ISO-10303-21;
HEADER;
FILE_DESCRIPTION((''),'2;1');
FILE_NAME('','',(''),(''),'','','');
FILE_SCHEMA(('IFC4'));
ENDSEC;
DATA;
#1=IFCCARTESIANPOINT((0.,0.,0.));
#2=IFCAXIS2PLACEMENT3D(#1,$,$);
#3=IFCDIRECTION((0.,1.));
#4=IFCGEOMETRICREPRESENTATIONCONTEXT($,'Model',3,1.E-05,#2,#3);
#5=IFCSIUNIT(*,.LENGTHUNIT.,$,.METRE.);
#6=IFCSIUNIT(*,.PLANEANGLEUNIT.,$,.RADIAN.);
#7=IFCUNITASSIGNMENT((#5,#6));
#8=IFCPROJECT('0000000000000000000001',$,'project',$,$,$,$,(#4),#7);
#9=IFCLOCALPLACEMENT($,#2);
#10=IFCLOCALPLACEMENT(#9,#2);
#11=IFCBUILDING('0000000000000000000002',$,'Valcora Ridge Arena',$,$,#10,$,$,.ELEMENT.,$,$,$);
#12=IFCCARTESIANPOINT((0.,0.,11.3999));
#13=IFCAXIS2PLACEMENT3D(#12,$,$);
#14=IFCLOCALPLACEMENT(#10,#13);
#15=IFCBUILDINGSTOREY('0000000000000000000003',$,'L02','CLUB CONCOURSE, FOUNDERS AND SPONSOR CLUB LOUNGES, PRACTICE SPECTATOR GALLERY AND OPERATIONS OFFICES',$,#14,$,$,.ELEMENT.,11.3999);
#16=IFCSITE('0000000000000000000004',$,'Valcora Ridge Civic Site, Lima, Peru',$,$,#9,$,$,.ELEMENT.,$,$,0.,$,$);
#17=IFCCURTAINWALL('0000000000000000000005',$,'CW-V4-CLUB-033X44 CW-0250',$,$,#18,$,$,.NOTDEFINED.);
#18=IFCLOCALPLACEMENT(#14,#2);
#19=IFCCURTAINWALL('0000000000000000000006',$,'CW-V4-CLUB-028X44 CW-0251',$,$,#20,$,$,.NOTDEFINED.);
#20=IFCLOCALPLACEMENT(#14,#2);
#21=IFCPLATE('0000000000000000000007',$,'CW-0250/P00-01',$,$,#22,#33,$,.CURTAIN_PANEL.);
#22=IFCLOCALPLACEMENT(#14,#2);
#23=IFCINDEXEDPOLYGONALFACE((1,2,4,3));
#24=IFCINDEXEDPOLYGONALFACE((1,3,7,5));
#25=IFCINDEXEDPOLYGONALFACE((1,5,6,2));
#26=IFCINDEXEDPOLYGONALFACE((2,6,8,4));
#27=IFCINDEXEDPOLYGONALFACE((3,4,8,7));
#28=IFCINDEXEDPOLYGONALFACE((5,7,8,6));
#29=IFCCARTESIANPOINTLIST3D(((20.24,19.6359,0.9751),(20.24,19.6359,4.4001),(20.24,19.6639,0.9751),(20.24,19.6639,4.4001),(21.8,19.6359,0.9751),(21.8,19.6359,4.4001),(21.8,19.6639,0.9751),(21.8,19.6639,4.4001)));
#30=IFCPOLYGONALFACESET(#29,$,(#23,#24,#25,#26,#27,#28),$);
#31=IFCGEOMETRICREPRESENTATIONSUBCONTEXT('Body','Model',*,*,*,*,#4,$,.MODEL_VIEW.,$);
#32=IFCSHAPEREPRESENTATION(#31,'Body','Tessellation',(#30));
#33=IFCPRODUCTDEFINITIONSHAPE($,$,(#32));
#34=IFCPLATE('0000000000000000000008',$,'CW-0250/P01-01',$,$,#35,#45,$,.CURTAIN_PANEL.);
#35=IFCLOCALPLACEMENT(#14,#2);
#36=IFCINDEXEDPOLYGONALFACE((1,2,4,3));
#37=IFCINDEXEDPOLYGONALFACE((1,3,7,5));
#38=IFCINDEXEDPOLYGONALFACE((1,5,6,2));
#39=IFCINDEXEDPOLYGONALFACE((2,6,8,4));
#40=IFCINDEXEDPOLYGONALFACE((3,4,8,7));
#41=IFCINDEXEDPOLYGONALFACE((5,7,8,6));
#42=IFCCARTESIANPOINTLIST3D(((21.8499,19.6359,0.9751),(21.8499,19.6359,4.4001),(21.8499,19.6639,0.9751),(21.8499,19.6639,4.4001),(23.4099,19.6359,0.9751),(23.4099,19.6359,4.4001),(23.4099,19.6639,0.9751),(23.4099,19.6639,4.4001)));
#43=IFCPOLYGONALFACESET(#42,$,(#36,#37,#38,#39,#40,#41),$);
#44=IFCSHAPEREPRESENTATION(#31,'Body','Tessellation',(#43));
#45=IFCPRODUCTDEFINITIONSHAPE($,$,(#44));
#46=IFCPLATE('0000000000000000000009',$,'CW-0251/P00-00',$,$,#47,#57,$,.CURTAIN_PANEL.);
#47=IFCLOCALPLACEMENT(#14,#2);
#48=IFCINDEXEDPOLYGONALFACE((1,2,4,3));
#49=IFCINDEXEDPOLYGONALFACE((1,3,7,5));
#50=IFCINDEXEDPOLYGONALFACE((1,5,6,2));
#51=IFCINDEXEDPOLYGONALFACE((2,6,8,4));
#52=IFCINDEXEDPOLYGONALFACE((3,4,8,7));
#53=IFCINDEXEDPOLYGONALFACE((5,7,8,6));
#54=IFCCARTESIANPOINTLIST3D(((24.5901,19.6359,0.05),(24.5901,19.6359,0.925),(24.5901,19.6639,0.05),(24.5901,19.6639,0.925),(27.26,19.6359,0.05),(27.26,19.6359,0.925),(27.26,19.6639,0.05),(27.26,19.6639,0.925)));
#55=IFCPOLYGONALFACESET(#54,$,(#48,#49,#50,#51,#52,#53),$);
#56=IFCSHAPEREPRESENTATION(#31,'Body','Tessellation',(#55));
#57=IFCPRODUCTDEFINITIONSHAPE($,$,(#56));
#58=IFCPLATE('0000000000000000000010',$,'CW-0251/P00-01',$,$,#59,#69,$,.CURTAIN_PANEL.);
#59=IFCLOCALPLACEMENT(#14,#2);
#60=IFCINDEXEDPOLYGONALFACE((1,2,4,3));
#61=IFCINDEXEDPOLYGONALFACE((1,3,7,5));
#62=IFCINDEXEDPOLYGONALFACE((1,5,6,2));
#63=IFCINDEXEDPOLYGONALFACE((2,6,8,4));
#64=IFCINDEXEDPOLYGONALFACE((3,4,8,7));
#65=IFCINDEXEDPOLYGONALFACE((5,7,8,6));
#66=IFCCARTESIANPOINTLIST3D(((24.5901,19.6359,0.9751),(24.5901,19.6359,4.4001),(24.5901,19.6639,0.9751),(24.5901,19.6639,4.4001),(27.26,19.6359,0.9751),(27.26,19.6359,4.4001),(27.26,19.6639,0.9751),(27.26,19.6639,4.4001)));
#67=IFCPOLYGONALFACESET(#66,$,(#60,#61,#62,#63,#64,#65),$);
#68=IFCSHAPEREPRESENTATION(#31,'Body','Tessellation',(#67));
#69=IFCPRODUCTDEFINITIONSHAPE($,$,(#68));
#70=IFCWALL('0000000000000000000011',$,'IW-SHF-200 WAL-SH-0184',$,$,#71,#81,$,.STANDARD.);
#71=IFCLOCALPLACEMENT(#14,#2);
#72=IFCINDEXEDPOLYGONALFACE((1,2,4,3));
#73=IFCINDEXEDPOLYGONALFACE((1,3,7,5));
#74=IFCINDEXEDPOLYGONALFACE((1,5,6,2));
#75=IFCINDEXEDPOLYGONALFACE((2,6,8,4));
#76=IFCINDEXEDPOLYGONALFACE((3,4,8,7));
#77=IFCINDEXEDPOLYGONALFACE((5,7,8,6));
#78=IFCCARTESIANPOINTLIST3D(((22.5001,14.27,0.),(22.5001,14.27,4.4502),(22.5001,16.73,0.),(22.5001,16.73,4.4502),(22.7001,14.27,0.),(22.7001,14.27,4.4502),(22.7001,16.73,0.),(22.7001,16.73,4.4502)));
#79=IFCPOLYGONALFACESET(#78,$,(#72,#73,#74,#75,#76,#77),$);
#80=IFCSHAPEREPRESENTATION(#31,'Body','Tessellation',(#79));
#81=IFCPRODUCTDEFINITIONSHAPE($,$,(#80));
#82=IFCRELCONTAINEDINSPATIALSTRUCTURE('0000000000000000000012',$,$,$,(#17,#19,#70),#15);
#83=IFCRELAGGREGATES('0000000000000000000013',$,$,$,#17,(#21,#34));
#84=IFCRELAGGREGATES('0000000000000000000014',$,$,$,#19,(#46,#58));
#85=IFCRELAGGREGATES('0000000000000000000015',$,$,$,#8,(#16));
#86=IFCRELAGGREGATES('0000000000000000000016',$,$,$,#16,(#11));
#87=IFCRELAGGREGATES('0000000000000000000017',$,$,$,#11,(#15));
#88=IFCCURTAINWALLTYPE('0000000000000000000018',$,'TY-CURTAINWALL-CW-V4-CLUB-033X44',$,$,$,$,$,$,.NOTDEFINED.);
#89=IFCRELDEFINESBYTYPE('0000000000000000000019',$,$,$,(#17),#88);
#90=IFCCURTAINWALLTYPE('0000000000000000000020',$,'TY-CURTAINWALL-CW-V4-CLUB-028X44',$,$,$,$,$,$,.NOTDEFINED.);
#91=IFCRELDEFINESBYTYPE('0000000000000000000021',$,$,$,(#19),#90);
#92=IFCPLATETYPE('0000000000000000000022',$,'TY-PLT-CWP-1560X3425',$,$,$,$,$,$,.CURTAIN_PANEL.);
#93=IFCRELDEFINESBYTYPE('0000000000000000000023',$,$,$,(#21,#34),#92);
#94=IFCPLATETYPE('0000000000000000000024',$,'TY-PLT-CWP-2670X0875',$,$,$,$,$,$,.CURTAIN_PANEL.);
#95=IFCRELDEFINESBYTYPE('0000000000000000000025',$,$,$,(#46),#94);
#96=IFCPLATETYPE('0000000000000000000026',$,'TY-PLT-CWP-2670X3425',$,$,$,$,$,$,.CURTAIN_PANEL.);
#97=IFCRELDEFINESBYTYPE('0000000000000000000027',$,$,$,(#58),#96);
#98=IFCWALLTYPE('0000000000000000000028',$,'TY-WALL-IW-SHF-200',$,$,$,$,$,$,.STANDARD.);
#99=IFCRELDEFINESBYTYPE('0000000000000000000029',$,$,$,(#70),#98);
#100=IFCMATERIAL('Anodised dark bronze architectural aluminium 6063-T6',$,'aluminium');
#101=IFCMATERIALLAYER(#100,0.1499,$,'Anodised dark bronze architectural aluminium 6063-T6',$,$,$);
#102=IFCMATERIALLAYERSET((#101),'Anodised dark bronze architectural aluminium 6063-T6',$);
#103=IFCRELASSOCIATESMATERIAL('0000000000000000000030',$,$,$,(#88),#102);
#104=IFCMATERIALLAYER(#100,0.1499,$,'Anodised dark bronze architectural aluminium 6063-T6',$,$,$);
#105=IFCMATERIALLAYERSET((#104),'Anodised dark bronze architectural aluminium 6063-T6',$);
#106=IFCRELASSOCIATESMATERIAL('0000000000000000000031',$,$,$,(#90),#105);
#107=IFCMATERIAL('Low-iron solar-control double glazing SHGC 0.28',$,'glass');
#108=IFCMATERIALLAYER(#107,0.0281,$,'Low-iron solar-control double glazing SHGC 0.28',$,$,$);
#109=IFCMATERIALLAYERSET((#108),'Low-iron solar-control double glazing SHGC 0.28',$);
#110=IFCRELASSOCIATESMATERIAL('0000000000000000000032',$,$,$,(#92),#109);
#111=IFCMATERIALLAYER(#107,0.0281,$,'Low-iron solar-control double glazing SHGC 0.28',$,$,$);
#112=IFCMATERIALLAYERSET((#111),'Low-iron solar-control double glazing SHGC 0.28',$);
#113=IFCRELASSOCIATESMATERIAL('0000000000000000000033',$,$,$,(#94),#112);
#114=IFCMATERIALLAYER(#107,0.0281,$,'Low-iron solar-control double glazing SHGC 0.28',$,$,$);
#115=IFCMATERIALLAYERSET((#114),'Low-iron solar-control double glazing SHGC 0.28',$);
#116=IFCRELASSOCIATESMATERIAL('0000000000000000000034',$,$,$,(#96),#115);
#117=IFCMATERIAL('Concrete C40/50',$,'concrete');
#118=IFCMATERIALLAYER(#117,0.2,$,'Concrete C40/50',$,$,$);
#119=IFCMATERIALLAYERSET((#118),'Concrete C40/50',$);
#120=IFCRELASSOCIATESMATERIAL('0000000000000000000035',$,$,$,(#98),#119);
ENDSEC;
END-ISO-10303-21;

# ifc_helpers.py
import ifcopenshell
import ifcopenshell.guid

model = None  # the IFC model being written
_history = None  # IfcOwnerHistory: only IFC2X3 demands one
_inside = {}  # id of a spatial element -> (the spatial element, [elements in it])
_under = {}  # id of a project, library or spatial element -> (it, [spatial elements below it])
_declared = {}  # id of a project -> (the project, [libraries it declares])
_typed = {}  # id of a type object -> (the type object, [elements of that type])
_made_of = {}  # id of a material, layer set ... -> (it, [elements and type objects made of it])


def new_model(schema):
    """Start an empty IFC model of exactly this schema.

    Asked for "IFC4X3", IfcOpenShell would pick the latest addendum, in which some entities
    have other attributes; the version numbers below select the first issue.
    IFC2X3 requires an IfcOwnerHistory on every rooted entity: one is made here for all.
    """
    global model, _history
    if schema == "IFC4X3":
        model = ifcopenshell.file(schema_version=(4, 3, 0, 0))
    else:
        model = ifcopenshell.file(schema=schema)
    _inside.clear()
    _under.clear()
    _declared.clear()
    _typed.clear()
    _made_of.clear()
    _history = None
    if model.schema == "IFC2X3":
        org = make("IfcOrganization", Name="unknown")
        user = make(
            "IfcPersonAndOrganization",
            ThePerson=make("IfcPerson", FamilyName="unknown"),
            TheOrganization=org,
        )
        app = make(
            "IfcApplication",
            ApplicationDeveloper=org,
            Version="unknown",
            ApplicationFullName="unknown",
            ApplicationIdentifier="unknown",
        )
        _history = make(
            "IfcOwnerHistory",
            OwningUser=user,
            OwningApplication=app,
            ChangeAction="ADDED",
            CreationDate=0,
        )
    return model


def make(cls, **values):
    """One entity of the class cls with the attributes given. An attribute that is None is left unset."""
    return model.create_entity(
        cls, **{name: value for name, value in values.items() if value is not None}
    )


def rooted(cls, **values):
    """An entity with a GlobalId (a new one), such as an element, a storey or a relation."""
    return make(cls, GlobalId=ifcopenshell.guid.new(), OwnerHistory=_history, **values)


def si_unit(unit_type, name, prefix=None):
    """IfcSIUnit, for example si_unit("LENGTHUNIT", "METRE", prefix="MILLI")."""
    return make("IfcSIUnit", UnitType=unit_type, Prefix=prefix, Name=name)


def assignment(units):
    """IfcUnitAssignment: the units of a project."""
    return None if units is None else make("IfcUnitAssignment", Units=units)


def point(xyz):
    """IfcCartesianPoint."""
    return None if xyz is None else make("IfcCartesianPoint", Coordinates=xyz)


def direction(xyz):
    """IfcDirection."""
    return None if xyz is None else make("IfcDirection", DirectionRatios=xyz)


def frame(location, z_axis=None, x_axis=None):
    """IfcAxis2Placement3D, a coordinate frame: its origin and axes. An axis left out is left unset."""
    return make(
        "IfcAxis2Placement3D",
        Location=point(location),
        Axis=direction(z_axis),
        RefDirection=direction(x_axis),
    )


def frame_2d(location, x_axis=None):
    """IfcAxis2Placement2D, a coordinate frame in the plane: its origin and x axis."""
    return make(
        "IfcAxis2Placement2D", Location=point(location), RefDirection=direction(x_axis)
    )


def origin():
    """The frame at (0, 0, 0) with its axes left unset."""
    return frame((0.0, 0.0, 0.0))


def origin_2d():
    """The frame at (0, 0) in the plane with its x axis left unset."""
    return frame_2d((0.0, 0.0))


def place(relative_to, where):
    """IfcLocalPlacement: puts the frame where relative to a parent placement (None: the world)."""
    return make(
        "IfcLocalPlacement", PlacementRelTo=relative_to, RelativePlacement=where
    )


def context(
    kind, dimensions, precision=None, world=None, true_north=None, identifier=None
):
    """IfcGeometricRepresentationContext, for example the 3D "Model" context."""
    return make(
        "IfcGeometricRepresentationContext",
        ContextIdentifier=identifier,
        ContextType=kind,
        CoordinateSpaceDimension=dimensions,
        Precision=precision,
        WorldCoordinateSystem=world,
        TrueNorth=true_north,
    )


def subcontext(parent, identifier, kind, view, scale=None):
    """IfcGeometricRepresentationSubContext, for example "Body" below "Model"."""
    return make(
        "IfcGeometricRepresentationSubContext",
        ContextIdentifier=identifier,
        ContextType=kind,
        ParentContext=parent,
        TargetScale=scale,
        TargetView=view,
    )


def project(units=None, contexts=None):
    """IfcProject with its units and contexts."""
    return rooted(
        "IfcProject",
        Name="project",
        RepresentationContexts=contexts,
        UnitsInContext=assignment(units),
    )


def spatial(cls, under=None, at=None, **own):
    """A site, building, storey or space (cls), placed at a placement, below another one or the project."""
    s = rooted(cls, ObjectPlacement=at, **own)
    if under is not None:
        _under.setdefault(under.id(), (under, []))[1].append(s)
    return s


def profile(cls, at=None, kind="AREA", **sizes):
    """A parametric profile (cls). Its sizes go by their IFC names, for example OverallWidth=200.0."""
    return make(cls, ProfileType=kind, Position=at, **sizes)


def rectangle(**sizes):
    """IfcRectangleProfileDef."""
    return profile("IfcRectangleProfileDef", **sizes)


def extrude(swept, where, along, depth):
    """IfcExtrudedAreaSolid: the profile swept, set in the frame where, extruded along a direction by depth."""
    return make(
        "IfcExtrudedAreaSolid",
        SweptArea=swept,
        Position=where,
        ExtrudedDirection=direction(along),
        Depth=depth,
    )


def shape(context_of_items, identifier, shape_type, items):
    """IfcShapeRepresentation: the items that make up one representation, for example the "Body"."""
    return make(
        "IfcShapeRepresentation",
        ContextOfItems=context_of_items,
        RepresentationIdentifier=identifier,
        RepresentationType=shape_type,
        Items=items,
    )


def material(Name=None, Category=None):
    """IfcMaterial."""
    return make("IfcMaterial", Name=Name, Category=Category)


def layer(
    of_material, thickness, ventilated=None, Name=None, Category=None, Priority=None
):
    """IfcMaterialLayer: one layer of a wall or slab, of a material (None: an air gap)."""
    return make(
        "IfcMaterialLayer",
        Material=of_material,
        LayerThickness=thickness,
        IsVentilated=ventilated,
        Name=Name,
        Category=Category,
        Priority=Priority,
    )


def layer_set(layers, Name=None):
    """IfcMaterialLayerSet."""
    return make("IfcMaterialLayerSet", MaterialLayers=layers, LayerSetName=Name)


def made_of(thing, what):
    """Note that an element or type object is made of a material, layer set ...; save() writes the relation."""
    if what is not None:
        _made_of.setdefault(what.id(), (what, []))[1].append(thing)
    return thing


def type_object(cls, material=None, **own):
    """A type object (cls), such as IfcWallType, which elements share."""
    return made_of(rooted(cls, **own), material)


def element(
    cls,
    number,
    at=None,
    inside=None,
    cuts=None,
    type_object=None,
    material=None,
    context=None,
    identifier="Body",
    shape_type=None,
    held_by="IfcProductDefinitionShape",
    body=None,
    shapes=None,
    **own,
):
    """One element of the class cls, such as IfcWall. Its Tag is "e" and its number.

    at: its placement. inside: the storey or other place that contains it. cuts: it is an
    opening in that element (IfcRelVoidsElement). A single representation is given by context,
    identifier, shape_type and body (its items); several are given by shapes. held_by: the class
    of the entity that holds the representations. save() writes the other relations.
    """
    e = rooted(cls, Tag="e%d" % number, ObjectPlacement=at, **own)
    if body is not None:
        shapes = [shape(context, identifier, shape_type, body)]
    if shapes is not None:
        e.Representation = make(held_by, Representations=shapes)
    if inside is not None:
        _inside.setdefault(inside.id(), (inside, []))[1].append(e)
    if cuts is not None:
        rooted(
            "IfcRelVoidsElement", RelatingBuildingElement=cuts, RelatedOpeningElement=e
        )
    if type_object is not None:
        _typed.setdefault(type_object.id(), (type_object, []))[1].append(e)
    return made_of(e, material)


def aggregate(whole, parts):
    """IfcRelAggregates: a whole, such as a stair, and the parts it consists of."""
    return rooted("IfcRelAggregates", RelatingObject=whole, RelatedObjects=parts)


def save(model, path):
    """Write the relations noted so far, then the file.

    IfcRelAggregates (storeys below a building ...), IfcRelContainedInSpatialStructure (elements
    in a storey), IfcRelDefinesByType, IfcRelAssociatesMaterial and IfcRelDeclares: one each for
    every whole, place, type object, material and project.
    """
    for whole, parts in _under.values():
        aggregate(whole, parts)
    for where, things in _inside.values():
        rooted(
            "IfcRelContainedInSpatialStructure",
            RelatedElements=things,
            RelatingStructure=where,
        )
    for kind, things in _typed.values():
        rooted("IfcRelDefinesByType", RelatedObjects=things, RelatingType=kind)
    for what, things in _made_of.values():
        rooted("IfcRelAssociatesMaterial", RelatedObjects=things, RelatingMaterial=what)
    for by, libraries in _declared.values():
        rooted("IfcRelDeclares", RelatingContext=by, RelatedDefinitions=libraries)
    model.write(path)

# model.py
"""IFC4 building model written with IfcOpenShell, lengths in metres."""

from ifc_helpers import new_model, si_unit, direction, frame, frame_2d, origin, origin_2d, place, context, subcontext, project, spatial, rectangle, extrude, material, layer, layer_set, type_object, element, aggregate, save


model = new_model("IFC4")

# Units and contexts
model_context = context("Model", 3, precision=1e-05, world=origin(), true_north=direction((0.0, 1.0)))
body_context = subcontext(model_context, "Body", "Model", "MODEL_VIEW")
ifc_project = project(units=[si_unit("LENGTHUNIT", "METRE"), si_unit("PLANEANGLEUNIT", "RADIAN")], contexts=[model_context])

# Site, building, storey
site_placement = place(None, origin())
site = spatial("IfcSite", under=ifc_project, at=site_placement, Name="Valcora Ridge Civic Site, Lima, Peru", CompositionType="ELEMENT", RefElevation=0.0)
building_placement = place(site_placement, origin())
building = spatial("IfcBuilding", under=site, at=building_placement, Name="Valcora Ridge Arena", CompositionType="ELEMENT")
storey_placement = place(building_placement, frame((0.0, 0.0, 11.3999)))
storey = spatial("IfcBuildingStorey", under=building, at=storey_placement, Name="L02", Description="CLUB CONCOURSE, FOUNDERS AND SPONSOR CLUB LOUNGES, PRACTICE SPECTATOR GALLERY AND OPERATIONS OFFICES", CompositionType="ELEMENT", Elevation=11.3999)

# Shared definitions
ifc_material_1 = material(Name="Concrete C40/50", Category="concrete")

# Curtain walls
ifc_material_2 = material(Name="Anodised dark bronze architectural aluminium 6063-T6", Category="aluminium")
ifc_layer_1 = layer(ifc_material_2, 0.1499, Name="Anodised dark bronze architectural aluminium 6063-T6")
ifc_layer_set_1 = layer_set([ifc_layer_1], Name="Anodised dark bronze architectural aluminium 6063-T6")
curtain_wall_type_1 = type_object("IfcCurtainWallType", Name="TY-CURTAINWALL-CW-V4-CLUB-033X44", PredefinedType="NOTDEFINED", material=ifc_layer_set_1)
curtain_wall_1_placement = place(storey_placement, origin())
curtain_wall_1 = element("IfcCurtainWall", 1, at=curtain_wall_1_placement, inside=storey, type_object=curtain_wall_type_1, Name="CW-V4-CLUB-033X44 CW-0250", PredefinedType="NOTDEFINED")
ifc_layer_2 = layer(ifc_material_2, 0.1499, Name="Anodised dark bronze architectural aluminium 6063-T6")
ifc_layer_set_2 = layer_set([ifc_layer_2], Name="Anodised dark bronze architectural aluminium 6063-T6")
curtain_wall_type_2 = type_object("IfcCurtainWallType", Name="TY-CURTAINWALL-CW-V4-CLUB-028X44", PredefinedType="NOTDEFINED", material=ifc_layer_set_2)
curtain_wall_2_placement = place(storey_placement, origin())
curtain_wall_2 = element("IfcCurtainWall", 2, at=curtain_wall_2_placement, inside=storey, type_object=curtain_wall_type_2, Name="CW-V4-CLUB-028X44 CW-0251", PredefinedType="NOTDEFINED")

# Plates
ifc_material_3 = material(Name="Low-iron solar-control double glazing SHGC 0.28", Category="glass")
ifc_layer_3 = layer(ifc_material_3, 0.0281, Name="Low-iron solar-control double glazing SHGC 0.28")
ifc_layer_set_3 = layer_set([ifc_layer_3], Name="Low-iron solar-control double glazing SHGC 0.28")
plate_type_1 = type_object("IfcPlateType", Name="TY-PLT-CWP-1560X3425", PredefinedType="CURTAIN_PANEL", material=ifc_layer_set_3)
plate_1_placement = place(storey_placement, frame((21.02, 19.6499, 0.9751), z_axis=(0.0, 0.0, 1.0), x_axis=(1.0, 0.0, 0.0)))
plate_1 = element("IfcPlate", 3, at=plate_1_placement, type_object=plate_type_1, Name="CW-0250/P00-01", PredefinedType="CURTAIN_PANEL", context=body_context, shape_type="SweptSolid", body=[
    extrude(rectangle(XDim=1.5601, YDim=0.0281, at=origin_2d()), origin(), (0.0, 0.0, 1.0), 3.425),
])
plate_2_placement = place(storey_placement, frame((22.6299, 19.6499, 0.9751), z_axis=(0.0, 0.0, 1.0), x_axis=(1.0, 0.0, 0.0)))
plate_2 = element("IfcPlate", 4, at=plate_2_placement, type_object=plate_type_1, Name="CW-0250/P01-01", PredefinedType="CURTAIN_PANEL", context=body_context, shape_type="SweptSolid", body=[
    extrude(rectangle(XDim=1.5601, YDim=0.0281, at=origin_2d()), origin(), (0.0, 0.0, 1.0), 3.425),
])
aggregate(curtain_wall_1, [plate_1, plate_2])
ifc_layer_4 = layer(ifc_material_3, 0.0281, Name="Low-iron solar-control double glazing SHGC 0.28")
ifc_layer_set_4 = layer_set([ifc_layer_4], Name="Low-iron solar-control double glazing SHGC 0.28")
plate_type_2 = type_object("IfcPlateType", Name="TY-PLT-CWP-2670X0875", PredefinedType="CURTAIN_PANEL", material=ifc_layer_set_4)
plate_3_placement = place(storey_placement, frame((25.925, 19.6499, 0.05), z_axis=(0.0, 0.0, 1.0), x_axis=(1.0, 0.0, 0.0)))
plate_3 = element("IfcPlate", 5, at=plate_3_placement, type_object=plate_type_2, Name="CW-0251/P00-00", PredefinedType="CURTAIN_PANEL", context=body_context, shape_type="SweptSolid", body=[
    extrude(rectangle(XDim=2.6699, YDim=0.0281, at=origin_2d()), origin(), (0.0, 0.0, 1.0), 0.875),
])
ifc_layer_5 = layer(ifc_material_3, 0.0281, Name="Low-iron solar-control double glazing SHGC 0.28")
ifc_layer_set_5 = layer_set([ifc_layer_5], Name="Low-iron solar-control double glazing SHGC 0.28")
plate_type_3 = type_object("IfcPlateType", Name="TY-PLT-CWP-2670X3425", PredefinedType="CURTAIN_PANEL", material=ifc_layer_set_5)
plate_4_placement = place(storey_placement, frame((25.925, 19.6499, 0.9751), z_axis=(0.0, 0.0, 1.0), x_axis=(1.0, 0.0, 0.0)))
plate_4 = element("IfcPlate", 6, at=plate_4_placement, type_object=plate_type_3, Name="CW-0251/P00-01", PredefinedType="CURTAIN_PANEL", context=body_context, shape_type="SweptSolid", body=[
    extrude(rectangle(XDim=2.6699, YDim=0.0281, at=origin_2d()), origin(), (0.0, 0.0, 1.0), 3.425),
])
aggregate(curtain_wall_2, [plate_3, plate_4])

# Wall
ifc_layer_6 = layer(ifc_material_1, 0.2, Name="Concrete C40/50")
ifc_layer_set_6 = layer_set([ifc_layer_6], Name="Concrete C40/50")
wall_type = type_object("IfcWallType", Name="TY-WALL-IW-SHF-200", PredefinedType="STANDARD", material=ifc_layer_set_6)
wall_placement = place(storey_placement, frame((22.6001, 14.27, 0.0), z_axis=(0.0, 0.0, 1.0), x_axis=(0.0, 1.0, 0.0)))
element("IfcWall", 7, at=wall_placement, inside=storey, type_object=wall_type, Name="IW-SHF-200 WAL-SH-0184", PredefinedType="STANDARD", context=body_context, shape_type="SweptSolid", body=[
    extrude(rectangle(XDim=2.46, YDim=0.2, at=frame_2d((1.23, 0.0))), origin(), (0.0, 0.0, 1.0), 4.4502),
])

save(model, "model.ifc")
